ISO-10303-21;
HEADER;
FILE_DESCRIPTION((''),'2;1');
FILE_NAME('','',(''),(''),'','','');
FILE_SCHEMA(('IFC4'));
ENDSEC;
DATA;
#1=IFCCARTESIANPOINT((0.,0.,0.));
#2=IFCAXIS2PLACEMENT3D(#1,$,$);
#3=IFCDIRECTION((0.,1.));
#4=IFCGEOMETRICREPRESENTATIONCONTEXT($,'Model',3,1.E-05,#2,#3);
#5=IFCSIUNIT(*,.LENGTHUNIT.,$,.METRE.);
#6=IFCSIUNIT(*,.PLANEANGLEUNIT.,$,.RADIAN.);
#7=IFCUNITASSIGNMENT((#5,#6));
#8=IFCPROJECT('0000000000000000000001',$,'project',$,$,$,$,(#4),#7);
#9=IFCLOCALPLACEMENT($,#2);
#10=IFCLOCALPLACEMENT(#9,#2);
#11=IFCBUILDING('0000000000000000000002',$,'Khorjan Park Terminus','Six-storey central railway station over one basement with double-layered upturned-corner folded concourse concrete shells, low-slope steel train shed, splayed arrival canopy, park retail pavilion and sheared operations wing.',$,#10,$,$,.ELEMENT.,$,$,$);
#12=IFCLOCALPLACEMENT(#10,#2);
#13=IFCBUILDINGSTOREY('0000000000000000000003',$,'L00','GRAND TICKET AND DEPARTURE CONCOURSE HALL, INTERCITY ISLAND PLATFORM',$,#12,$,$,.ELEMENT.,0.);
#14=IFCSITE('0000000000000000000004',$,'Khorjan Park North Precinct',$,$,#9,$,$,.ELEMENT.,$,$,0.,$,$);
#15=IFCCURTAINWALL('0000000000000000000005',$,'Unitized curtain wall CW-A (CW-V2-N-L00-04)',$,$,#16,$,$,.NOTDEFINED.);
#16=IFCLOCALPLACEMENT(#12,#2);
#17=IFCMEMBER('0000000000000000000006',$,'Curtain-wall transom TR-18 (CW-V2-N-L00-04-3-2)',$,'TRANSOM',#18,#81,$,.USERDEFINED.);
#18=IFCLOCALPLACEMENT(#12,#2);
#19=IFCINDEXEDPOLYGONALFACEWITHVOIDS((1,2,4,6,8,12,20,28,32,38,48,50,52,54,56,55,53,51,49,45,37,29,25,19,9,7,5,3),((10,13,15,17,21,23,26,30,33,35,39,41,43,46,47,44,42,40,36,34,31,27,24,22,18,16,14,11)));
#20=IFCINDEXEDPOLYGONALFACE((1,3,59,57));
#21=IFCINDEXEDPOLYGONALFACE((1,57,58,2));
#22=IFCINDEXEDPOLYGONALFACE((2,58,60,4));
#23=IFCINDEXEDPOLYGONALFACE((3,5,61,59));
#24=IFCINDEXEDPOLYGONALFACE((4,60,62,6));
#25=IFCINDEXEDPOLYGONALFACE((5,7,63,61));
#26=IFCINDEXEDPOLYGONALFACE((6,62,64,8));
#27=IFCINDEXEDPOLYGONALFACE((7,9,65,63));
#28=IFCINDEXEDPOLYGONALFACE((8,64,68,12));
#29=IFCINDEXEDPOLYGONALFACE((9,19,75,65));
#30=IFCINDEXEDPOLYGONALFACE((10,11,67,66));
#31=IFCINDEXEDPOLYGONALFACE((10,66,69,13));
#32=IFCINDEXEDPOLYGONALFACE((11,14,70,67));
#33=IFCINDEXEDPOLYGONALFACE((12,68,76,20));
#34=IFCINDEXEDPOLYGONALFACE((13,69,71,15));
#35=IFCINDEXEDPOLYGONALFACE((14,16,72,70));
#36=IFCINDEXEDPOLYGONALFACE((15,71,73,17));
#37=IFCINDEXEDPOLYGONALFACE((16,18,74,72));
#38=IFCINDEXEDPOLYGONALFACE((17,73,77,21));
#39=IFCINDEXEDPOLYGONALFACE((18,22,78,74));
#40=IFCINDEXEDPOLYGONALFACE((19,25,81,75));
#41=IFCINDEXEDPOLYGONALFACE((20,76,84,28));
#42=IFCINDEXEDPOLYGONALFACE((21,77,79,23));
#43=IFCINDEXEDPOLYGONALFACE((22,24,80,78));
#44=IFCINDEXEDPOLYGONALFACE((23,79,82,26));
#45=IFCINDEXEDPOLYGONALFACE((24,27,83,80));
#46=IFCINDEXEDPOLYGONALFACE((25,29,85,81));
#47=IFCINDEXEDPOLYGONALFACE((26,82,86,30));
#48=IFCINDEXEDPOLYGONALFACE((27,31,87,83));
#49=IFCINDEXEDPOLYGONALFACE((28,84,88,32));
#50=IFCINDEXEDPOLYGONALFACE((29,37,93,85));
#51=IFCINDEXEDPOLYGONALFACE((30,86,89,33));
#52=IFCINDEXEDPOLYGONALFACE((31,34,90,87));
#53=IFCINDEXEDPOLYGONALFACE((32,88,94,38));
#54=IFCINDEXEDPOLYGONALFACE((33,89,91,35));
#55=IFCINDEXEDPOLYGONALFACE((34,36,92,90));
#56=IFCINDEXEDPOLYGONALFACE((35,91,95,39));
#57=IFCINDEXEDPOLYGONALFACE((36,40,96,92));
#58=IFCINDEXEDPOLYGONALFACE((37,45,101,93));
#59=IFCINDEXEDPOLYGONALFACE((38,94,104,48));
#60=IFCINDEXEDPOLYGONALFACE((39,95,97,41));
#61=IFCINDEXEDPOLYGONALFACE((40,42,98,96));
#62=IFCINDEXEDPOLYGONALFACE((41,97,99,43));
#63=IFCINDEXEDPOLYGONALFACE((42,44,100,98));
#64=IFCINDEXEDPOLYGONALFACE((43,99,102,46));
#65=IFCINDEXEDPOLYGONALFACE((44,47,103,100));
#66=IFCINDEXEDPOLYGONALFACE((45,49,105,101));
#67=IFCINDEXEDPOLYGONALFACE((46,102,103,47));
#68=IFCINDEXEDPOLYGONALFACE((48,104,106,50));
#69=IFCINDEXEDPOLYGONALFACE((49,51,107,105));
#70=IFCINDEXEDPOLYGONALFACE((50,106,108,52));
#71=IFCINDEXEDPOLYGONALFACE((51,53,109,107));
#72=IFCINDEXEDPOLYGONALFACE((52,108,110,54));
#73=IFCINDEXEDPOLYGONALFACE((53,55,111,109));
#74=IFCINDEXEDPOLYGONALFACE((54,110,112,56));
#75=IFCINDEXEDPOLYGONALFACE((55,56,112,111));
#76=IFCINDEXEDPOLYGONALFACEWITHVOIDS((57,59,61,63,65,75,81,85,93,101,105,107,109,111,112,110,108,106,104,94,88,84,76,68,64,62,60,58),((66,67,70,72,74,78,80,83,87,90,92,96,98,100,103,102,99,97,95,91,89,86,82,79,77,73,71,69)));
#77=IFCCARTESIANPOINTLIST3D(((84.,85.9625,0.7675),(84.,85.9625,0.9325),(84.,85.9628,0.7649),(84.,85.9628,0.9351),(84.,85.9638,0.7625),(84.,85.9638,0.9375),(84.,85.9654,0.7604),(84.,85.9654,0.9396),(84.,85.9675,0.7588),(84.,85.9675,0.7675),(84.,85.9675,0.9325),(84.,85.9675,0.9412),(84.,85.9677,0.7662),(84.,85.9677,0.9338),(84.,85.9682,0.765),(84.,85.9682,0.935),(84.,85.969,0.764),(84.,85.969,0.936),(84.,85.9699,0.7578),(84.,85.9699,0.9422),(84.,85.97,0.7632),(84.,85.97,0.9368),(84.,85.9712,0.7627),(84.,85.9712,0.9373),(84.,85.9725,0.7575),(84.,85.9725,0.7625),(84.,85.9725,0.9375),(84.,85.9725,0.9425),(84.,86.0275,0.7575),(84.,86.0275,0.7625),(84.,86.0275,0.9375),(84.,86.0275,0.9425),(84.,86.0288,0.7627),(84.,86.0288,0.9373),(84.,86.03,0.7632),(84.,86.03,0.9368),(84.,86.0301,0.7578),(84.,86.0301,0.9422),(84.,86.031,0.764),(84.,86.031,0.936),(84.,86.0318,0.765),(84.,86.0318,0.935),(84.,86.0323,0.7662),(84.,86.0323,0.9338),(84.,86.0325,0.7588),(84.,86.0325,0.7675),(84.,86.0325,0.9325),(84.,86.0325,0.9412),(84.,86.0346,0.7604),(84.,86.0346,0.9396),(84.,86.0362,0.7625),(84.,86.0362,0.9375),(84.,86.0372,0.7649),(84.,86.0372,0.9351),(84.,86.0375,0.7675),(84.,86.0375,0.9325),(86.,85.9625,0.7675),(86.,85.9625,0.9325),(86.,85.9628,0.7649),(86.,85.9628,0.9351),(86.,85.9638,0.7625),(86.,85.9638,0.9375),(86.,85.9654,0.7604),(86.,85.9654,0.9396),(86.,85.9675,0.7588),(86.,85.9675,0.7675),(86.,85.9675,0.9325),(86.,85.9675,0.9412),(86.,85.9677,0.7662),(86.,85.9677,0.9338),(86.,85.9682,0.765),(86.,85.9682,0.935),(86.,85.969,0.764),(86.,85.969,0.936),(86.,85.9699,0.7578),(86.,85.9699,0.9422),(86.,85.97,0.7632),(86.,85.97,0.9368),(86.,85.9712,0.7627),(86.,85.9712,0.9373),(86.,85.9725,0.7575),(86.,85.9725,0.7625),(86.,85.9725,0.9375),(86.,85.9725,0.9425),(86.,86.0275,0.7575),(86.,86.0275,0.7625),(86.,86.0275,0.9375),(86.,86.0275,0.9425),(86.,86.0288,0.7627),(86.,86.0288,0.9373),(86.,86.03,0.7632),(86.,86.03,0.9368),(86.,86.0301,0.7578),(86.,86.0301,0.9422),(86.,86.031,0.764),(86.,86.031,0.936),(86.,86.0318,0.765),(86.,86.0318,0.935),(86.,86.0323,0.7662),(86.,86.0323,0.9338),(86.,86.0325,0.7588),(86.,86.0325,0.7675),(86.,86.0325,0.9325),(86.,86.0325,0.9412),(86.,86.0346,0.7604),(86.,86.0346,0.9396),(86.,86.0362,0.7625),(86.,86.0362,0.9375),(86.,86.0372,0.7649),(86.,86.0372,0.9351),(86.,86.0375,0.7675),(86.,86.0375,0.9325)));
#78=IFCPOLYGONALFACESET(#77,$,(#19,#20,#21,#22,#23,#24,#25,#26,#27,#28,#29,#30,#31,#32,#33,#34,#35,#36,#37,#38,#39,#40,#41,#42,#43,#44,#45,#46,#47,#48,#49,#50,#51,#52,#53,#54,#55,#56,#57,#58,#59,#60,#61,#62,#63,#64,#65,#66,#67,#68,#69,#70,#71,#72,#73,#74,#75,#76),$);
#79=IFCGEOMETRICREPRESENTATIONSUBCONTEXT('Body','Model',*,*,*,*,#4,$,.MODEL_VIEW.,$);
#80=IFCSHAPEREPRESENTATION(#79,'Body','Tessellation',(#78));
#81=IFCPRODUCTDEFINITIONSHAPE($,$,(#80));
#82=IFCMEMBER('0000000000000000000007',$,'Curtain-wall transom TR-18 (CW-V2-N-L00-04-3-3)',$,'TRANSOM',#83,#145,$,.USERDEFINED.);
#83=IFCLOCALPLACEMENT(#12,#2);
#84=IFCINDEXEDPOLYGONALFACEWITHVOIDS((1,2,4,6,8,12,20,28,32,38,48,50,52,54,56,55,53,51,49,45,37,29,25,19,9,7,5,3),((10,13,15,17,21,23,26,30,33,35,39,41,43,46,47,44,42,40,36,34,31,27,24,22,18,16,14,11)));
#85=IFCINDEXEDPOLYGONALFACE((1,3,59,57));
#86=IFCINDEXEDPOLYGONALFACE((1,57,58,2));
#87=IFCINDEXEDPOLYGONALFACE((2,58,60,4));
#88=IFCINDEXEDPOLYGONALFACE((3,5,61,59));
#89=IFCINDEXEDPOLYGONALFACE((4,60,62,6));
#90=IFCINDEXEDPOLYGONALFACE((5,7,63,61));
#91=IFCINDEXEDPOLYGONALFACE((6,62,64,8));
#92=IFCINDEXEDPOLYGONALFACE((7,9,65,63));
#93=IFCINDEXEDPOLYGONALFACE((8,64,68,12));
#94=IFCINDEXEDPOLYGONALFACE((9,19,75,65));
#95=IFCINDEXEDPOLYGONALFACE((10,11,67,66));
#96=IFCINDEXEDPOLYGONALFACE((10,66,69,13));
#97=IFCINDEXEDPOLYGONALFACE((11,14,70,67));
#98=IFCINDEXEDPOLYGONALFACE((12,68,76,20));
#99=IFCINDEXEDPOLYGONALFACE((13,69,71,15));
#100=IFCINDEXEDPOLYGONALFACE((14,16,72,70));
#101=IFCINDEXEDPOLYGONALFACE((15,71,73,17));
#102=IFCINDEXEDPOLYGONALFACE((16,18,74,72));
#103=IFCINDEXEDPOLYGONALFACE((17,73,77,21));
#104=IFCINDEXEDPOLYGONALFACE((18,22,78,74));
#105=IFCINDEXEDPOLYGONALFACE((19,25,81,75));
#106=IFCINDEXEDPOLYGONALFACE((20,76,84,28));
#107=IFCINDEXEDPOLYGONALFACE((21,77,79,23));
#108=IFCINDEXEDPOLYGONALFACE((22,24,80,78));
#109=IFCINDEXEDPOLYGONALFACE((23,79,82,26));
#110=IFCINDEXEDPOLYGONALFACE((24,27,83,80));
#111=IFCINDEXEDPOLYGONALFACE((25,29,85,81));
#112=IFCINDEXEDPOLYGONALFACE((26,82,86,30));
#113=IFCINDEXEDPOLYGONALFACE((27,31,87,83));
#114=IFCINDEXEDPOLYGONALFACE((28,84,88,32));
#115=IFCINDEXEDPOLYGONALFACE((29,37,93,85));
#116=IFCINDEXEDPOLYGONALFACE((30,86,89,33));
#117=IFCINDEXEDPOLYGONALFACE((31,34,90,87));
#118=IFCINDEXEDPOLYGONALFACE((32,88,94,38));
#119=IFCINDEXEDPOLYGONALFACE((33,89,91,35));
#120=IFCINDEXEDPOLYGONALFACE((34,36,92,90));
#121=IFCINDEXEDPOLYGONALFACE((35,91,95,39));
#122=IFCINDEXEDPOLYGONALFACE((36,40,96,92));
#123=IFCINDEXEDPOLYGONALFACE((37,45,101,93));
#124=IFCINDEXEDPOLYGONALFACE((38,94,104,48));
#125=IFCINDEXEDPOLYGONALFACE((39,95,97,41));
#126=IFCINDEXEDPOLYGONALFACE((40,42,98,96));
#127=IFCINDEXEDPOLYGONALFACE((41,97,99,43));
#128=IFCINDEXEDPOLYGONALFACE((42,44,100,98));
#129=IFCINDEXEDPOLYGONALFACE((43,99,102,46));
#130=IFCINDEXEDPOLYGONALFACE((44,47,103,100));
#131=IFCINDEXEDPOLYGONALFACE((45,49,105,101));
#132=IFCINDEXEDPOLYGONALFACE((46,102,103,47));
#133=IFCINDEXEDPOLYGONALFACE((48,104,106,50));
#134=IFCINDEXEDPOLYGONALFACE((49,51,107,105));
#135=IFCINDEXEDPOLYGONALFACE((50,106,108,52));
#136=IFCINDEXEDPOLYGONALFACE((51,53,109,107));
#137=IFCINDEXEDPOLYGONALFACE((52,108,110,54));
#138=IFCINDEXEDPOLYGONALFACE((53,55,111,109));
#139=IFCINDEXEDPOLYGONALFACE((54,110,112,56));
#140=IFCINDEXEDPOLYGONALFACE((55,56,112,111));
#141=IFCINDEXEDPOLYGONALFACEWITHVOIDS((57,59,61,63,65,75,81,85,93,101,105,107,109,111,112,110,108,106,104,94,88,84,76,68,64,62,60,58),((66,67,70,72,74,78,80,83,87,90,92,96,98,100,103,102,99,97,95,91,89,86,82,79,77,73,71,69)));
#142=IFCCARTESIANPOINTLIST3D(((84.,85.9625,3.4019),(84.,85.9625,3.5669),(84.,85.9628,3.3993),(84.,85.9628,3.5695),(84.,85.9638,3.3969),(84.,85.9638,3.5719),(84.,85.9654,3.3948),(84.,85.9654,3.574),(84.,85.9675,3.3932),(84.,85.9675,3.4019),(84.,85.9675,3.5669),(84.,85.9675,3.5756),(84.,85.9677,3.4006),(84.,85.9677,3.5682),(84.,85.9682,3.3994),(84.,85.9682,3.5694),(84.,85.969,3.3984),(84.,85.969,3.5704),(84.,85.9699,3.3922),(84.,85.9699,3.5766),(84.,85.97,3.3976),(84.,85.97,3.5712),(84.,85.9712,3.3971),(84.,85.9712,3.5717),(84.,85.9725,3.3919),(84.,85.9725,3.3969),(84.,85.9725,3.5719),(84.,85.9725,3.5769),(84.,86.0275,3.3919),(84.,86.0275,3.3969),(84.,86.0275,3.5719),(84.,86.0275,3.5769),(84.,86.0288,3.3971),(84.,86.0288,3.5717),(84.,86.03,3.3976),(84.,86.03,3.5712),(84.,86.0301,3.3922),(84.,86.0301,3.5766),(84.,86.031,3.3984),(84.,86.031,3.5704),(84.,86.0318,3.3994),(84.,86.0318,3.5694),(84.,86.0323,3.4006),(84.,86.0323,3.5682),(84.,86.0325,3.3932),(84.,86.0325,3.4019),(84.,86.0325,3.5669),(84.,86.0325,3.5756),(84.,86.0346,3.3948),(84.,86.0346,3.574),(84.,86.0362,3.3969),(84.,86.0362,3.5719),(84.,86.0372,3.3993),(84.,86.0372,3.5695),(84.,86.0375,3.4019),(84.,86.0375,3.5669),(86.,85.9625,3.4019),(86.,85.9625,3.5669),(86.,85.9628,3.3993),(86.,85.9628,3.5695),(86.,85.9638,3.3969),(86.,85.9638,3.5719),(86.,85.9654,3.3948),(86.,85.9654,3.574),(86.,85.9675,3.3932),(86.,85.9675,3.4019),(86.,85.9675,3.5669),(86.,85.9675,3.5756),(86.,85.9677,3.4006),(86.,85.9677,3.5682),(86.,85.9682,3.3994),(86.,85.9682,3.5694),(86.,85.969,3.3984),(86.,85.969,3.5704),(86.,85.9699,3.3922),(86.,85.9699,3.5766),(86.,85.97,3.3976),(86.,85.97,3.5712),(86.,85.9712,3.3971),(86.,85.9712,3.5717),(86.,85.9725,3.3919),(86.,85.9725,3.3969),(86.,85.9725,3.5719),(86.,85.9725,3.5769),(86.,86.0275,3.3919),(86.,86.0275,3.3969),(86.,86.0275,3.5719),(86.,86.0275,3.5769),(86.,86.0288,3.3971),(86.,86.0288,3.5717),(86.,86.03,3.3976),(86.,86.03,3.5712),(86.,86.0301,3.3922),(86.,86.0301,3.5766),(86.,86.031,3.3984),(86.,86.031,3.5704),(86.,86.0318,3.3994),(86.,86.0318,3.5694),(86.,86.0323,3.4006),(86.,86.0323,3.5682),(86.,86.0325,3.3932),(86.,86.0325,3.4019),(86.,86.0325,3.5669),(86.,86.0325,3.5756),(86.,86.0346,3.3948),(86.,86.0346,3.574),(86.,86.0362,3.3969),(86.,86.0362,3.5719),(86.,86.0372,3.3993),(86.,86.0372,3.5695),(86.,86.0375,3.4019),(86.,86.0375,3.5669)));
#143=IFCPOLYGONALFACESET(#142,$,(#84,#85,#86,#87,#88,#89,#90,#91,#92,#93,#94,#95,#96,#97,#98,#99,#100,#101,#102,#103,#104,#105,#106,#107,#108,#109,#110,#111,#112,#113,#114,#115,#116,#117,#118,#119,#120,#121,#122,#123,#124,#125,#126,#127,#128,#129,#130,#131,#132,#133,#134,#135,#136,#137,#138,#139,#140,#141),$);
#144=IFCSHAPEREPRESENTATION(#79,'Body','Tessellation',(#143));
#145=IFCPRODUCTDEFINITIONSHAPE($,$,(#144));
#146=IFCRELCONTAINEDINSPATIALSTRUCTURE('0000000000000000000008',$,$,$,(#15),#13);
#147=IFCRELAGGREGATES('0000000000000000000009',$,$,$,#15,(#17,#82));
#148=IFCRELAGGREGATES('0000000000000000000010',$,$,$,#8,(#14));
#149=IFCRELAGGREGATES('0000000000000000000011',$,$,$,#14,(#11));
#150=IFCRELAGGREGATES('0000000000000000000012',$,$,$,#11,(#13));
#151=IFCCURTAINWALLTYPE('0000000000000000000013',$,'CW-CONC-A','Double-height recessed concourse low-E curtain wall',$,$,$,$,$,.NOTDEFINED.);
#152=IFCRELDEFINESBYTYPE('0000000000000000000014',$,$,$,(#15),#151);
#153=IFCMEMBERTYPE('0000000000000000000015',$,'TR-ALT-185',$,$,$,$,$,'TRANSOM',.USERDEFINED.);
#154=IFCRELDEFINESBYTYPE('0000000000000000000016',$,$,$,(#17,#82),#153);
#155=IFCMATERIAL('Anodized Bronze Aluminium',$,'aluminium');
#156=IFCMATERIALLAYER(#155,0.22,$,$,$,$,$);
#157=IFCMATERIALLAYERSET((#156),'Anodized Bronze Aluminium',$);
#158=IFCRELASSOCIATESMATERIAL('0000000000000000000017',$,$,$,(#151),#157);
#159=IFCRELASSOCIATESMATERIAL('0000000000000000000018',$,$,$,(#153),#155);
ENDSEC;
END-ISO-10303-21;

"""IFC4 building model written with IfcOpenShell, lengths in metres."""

from ifc_helpers import new_model, si_unit, direction, frame, origin, origin_2d, place, context, subcontext, project, spatial, hollow_rectangle, extrude, material, layer, layer_set, material_profile, profile_set, type_object, element, aggregate, save


model = new_model("IFC4")

# Units and contexts
model_context = context("Model", 3, precision=1e-05, world=origin(), true_north=direction((0.0, 1.0)))
body_context = subcontext(model_context, "Body", "Model", "MODEL_VIEW")
ifc_project = project(units=[si_unit("LENGTHUNIT", "METRE"), si_unit("PLANEANGLEUNIT", "RADIAN")], contexts=[model_context])

# Site, building, storey
site_placement = place(None, origin())
site = spatial("IfcSite", under=ifc_project, at=site_placement, Name="Khorjan Park North Precinct", CompositionType="ELEMENT", RefElevation=0.0)
building_placement = place(site_placement, origin())
building = spatial("IfcBuilding", under=site, at=building_placement, Name="Khorjan Park Terminus", Description="Six-storey central railway station over one basement with double-layered upturned-corner folded concourse concrete shells, low-slope steel train shed, splayed arrival canopy, park retail pavilion and sheared operations wing.", CompositionType="ELEMENT")
storey_placement = place(building_placement, origin())
storey = spatial("IfcBuildingStorey", under=building, at=storey_placement, Name="L00", Description="GRAND TICKET AND DEPARTURE CONCOURSE HALL, INTERCITY ISLAND PLATFORM", CompositionType="ELEMENT", Elevation=0.0)

# Curtain wall, members
ifc_material_1 = material(Name="Anodized Bronze Aluminium", Category="aluminium")
ifc_layer_1 = layer(ifc_material_1, 0.22)
ifc_layer_set_1 = layer_set([ifc_layer_1], Name="Anodized Bronze Aluminium")
curtain_wall_type = type_object("IfcCurtainWallType", Name="CW-CONC-A", Description="Double-height recessed concourse low-E curtain wall", PredefinedType="NOTDEFINED", material=ifc_layer_set_1)
curtain_wall_placement = place(storey_placement, origin())
curtain_wall = element("IfcCurtainWall", 1, at=curtain_wall_placement, inside=storey, type_object=curtain_wall_type, Name="Unitized curtain wall CW-A (CW-V2-N-L00-04)", PredefinedType="NOTDEFINED")
ifc_material_profile_1 = material_profile(ifc_material_1, hollow_rectangle(XDim=0.075, YDim=0.185, WallThickness=0.005, InnerFilletRadius=0.005, OuterFilletRadius=0.01, at=origin_2d()), Name="ALT 75x185x5")
ifc_profile_set_1 = profile_set([ifc_material_profile_1], Name="Anodized Bronze Aluminium")
member_type_1 = type_object("IfcMemberType", Name="TR-ALT-185", ElementType="TRANSOM", PredefinedType="USERDEFINED", material=ifc_profile_set_1)
member_1_placement = place(storey_placement, frame((86.0, 86.0, 0.85), z_axis=(-1.0, 0.0, 0.0), x_axis=(0.0, -1.0, 0.0)))
member_1 = element("IfcMember", 2, at=member_1_placement, type_object=member_type_1, Name="Curtain-wall transom TR-18 (CW-V2-N-L00-04-3-2)", ObjectType="TRANSOM", PredefinedType="USERDEFINED", context=body_context, shape_type="SweptSolid", body=[
    extrude(hollow_rectangle(XDim=0.075, YDim=0.185, WallThickness=0.005, InnerFilletRadius=0.005, OuterFilletRadius=0.01, at=origin_2d()), origin(), (0.0, 0.0, 1.0), 2.0),
])
member_2_placement = place(storey_placement, frame((86.0, 86.0, 3.4844), z_axis=(-1.0, 0.0, 0.0), x_axis=(0.0, -1.0, 0.0)))
member_2 = element("IfcMember", 3, at=member_2_placement, type_object=member_type_1, Name="Curtain-wall transom TR-18 (CW-V2-N-L00-04-3-3)", ObjectType="TRANSOM", PredefinedType="USERDEFINED", context=body_context, shape_type="SweptSolid", body=[
    extrude(hollow_rectangle(XDim=0.075, YDim=0.185, WallThickness=0.005, InnerFilletRadius=0.005, OuterFilletRadius=0.01, at=origin_2d()), origin(), (0.0, 0.0, 1.0), 2.0),
])
aggregate(curtain_wall, [member_1, member_2])

save(model, "model.ifc")
